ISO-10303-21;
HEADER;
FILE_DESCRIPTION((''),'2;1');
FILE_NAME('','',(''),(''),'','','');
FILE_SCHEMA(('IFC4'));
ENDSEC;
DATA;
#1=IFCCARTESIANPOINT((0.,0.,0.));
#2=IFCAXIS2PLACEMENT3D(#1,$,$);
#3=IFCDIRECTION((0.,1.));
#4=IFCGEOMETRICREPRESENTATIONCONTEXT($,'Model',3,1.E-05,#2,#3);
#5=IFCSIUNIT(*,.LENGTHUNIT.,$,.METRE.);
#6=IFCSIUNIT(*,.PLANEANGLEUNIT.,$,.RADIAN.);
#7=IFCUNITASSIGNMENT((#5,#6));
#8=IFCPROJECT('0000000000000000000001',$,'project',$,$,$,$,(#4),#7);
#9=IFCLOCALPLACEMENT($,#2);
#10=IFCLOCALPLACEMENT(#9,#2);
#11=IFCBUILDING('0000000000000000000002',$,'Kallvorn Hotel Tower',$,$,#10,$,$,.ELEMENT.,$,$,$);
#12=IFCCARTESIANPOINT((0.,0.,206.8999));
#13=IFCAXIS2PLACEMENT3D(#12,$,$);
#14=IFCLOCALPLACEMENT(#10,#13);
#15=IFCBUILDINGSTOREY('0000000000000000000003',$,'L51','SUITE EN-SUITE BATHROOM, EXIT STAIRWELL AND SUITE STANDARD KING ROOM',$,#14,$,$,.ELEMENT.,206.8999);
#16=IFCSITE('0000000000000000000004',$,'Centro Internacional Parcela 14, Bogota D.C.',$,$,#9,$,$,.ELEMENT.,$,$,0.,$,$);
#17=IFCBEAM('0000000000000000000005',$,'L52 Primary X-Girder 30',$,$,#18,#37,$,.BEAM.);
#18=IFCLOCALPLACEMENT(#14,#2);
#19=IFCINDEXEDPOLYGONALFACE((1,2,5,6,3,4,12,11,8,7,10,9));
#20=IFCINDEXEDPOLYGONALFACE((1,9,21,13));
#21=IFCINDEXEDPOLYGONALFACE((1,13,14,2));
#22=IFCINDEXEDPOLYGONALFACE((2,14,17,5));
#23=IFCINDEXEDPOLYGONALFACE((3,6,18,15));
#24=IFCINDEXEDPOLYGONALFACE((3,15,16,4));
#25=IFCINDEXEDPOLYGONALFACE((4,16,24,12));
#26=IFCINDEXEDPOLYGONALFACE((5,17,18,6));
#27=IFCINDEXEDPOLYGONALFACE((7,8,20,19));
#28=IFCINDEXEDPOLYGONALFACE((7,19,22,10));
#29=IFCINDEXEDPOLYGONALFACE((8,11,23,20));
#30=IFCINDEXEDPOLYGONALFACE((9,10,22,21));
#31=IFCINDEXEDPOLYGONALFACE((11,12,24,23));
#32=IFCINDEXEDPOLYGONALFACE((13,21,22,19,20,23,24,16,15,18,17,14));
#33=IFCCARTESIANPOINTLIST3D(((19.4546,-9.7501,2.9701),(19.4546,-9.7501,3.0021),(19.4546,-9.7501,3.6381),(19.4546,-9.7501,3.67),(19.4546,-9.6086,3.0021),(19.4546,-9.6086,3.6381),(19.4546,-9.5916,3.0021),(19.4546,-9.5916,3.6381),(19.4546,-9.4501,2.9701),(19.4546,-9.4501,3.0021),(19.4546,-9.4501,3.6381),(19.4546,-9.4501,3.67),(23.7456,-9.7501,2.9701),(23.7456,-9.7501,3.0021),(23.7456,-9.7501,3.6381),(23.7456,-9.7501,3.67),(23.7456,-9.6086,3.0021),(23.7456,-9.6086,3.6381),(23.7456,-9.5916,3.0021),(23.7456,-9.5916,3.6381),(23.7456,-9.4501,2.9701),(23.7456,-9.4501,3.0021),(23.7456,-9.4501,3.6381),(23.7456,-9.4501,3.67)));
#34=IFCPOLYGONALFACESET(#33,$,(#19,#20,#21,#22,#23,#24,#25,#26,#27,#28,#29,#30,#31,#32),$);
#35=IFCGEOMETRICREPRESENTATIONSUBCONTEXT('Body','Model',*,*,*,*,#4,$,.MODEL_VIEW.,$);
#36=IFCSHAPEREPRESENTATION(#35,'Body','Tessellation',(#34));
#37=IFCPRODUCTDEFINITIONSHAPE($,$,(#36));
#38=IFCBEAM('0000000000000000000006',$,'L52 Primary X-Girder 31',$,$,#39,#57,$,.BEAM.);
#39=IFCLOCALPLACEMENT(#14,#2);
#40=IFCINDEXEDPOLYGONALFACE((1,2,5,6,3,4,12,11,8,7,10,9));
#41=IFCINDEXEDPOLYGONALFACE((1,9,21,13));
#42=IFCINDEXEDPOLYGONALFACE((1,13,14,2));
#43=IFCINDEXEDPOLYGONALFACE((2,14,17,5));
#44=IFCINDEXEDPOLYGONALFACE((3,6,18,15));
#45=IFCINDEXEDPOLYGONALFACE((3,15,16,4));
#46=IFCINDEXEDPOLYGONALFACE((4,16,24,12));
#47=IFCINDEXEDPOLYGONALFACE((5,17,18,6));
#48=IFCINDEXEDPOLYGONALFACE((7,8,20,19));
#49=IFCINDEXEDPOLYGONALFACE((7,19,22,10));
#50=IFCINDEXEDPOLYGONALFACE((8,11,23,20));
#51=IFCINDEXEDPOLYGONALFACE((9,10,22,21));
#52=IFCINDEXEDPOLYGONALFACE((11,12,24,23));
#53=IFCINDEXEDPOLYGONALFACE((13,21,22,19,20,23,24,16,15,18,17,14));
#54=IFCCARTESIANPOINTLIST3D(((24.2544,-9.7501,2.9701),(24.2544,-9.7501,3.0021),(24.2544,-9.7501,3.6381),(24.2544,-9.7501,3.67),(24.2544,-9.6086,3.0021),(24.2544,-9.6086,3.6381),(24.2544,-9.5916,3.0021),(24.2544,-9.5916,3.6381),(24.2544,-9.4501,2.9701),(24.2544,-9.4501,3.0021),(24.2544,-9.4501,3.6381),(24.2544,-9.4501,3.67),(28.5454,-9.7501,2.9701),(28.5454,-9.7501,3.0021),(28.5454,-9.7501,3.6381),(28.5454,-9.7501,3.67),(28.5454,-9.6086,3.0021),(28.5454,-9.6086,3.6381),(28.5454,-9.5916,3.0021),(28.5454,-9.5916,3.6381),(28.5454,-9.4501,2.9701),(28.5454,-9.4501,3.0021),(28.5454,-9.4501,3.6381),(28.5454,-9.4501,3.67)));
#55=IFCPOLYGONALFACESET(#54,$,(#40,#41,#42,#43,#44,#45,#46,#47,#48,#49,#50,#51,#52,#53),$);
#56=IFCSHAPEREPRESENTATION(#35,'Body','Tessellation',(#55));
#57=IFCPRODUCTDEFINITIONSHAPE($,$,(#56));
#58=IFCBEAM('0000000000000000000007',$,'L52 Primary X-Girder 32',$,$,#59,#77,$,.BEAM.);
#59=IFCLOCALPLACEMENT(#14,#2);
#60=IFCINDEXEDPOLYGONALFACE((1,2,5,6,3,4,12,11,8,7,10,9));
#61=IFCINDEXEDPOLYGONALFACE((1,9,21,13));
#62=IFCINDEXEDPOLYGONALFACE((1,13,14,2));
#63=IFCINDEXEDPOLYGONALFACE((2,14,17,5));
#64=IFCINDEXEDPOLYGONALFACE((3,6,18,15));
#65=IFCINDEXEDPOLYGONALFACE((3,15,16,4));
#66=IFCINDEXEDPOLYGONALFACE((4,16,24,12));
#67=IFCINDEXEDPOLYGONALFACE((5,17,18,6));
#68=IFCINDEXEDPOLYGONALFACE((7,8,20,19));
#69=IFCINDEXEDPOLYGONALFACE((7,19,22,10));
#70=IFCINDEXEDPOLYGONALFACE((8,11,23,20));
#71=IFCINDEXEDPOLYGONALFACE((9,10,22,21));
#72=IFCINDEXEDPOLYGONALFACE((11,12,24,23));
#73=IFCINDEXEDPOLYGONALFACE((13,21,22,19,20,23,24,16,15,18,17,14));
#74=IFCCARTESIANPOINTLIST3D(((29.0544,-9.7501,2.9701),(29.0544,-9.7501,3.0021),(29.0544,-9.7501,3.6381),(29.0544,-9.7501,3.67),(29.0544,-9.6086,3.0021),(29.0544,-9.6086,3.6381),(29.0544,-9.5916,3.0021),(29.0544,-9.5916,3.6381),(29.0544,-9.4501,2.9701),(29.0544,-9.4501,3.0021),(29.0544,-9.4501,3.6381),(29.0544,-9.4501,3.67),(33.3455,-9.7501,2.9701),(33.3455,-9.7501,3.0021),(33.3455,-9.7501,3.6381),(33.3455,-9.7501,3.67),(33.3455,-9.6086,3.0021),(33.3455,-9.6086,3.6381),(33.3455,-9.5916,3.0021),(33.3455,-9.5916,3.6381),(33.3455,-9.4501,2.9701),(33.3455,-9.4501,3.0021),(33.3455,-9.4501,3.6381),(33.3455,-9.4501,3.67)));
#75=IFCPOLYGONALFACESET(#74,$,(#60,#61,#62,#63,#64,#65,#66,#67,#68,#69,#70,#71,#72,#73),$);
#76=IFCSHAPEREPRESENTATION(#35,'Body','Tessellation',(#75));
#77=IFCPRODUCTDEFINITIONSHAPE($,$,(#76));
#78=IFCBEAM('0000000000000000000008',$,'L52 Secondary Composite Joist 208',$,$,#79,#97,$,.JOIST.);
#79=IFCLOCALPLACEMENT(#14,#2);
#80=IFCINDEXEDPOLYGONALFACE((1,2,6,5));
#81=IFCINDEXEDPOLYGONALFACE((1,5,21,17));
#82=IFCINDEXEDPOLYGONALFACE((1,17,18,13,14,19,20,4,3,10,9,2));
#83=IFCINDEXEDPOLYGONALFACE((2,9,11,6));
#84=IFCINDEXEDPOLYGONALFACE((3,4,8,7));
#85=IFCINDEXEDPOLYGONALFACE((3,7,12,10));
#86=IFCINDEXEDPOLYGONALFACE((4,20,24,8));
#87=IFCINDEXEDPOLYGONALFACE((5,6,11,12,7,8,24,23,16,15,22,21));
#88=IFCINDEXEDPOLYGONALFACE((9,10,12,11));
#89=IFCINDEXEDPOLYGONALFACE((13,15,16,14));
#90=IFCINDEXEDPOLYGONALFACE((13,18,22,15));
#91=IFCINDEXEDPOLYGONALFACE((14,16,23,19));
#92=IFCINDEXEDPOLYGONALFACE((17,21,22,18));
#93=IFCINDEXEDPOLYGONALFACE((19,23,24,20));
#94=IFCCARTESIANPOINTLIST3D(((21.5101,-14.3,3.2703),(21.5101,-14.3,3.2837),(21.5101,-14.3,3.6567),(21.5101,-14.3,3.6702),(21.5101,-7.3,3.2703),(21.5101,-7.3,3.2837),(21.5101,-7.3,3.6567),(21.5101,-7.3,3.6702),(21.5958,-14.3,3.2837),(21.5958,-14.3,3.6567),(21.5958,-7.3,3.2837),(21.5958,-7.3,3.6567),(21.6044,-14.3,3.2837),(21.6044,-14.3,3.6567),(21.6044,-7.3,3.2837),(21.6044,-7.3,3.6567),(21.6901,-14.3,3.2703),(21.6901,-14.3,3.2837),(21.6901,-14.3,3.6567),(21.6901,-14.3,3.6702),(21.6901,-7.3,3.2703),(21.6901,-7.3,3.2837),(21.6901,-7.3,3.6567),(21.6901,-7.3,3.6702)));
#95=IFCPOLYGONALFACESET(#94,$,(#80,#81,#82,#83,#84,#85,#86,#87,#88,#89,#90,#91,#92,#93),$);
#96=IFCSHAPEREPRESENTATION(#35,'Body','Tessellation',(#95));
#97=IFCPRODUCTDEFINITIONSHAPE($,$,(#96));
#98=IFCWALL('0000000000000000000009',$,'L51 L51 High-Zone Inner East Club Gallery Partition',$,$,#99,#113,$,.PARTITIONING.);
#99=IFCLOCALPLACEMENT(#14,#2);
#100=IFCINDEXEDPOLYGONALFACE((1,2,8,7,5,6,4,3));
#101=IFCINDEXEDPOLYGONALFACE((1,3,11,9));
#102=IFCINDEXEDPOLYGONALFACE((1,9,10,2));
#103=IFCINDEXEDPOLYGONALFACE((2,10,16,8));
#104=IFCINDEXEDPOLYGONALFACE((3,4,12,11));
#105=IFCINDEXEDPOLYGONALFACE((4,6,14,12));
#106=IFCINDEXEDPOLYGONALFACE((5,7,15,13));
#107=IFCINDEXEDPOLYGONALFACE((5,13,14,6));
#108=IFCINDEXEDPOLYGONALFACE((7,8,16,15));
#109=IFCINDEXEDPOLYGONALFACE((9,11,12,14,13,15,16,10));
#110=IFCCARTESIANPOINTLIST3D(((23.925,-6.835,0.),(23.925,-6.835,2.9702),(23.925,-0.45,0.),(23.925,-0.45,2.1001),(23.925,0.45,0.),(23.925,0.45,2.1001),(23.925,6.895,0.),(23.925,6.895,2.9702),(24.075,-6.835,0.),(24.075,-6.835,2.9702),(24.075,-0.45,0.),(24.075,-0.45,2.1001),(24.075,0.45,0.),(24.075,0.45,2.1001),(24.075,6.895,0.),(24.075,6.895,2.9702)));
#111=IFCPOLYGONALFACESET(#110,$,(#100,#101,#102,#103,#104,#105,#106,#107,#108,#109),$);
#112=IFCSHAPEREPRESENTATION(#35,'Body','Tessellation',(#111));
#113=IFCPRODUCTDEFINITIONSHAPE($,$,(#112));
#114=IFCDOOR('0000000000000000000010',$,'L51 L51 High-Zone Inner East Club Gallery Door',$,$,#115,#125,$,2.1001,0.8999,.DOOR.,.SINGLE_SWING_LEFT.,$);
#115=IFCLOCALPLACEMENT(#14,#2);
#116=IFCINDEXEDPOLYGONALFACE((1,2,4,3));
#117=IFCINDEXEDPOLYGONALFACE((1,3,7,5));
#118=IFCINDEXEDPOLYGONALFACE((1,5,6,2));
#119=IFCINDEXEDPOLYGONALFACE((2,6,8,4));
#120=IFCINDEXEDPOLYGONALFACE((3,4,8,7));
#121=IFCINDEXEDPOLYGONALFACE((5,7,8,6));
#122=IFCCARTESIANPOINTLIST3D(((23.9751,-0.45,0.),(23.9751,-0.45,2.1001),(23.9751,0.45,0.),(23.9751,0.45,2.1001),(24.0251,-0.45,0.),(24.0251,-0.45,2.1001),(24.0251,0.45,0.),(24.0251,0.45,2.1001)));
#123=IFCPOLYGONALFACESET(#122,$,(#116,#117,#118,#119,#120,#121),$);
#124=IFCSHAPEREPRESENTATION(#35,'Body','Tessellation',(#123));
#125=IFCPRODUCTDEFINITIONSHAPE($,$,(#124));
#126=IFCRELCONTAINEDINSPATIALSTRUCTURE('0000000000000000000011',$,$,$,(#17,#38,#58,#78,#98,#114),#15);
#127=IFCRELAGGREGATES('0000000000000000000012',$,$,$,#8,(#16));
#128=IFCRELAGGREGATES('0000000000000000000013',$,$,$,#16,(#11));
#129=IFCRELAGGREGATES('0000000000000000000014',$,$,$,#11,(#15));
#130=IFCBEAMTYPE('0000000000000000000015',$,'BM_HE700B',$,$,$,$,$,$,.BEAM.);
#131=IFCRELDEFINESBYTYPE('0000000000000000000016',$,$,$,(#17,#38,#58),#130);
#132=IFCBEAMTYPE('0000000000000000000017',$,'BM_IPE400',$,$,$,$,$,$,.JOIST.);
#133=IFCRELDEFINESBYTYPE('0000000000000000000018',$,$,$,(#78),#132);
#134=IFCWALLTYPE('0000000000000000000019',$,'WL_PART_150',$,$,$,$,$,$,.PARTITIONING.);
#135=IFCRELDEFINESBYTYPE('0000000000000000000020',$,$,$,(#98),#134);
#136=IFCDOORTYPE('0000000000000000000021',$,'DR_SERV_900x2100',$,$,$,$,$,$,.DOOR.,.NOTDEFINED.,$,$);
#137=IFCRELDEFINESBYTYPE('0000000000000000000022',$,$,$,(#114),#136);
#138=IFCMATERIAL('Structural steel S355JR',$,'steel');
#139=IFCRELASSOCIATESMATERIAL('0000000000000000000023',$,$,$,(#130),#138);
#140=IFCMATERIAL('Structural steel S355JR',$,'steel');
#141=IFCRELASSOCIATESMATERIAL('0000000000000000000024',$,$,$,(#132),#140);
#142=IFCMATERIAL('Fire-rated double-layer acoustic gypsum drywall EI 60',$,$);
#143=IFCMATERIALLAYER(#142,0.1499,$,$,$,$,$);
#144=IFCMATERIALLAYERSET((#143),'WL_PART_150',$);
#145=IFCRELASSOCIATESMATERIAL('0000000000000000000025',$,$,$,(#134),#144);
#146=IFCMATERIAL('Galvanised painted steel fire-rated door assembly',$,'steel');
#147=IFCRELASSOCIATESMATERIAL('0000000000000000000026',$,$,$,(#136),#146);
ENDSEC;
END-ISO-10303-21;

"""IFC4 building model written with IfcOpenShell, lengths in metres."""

from ifc_helpers import new_model, si_unit, direction, frame, frame_2d, origin, origin_2d, place, context, subcontext, project, spatial, rectangle, i_section, extrude, material, layer, layer_set, material_profile, profile_set, type_object, element, fill, save


model = new_model("IFC4")

# Units and contexts
model_context = context("Model", 3, precision=1e-05, world=origin(), true_north=direction((0.0, 1.0)))
body_context = subcontext(model_context, "Body", "Model", "MODEL_VIEW")
ifc_project = project(units=[si_unit("LENGTHUNIT", "METRE"), si_unit("PLANEANGLEUNIT", "RADIAN")], contexts=[model_context])

# Site, building, storey
site_placement = place(None, origin())
site = spatial("IfcSite", under=ifc_project, at=site_placement, Name="Centro Internacional Parcela 14, Bogota D.C.", CompositionType="ELEMENT", RefElevation=0.0)
building_placement = place(site_placement, origin())
building = spatial("IfcBuilding", under=site, at=building_placement, Name="Kallvorn Hotel Tower", CompositionType="ELEMENT")
storey_placement = place(building_placement, frame((0.0, 0.0, 206.8999)))
storey = spatial("IfcBuildingStorey", under=building, at=storey_placement, Name="L51", Description="SUITE EN-SUITE BATHROOM, EXIT STAIRWELL AND SUITE STANDARD KING ROOM", CompositionType="ELEMENT", Elevation=206.8999)

# Beams
ifc_material_1 = material(Name="Structural steel S355JR", Category="steel")
ifc_material_profile_1 = material_profile(ifc_material_1, i_section(OverallWidth=0.3, OverallDepth=0.7, WebThickness=0.0171, FlangeThickness=0.032, at=origin_2d()), Name="HE 700 B")
ifc_profile_set_1 = profile_set([ifc_material_profile_1], Name="Structural steel S355JR")
beam_type_1 = type_object("IfcBeamType", Name="BM_HE700B", PredefinedType="BEAM", material=ifc_profile_set_1)
for number, where, z_axis, x_axis, name in (
    (1, (19.4546, -9.6001, 3.3201), (1.0, 0.0, 0.0), (0.0, 1.0, 0.0), "L52 Primary X-Girder 30"),
    (2, (24.2544, -9.6001, 3.3201), (1.0, 0.0, 0.0), (0.0, 1.0, 0.0), "L52 Primary X-Girder 31"),
    (3, (29.0544, -9.6001, 3.3201), (1.0, 0.0, 0.0), (0.0, 1.0, 0.0), "L52 Primary X-Girder 32"),
):
    element("IfcBeam", number, at=place(storey_placement, frame(where, z_axis=z_axis, x_axis=x_axis)), inside=storey, type_object=beam_type_1, Name=name, PredefinedType="BEAM", context=body_context, shape_type="SweptSolid", body=[
        extrude(i_section(OverallWidth=0.3, OverallDepth=0.7, WebThickness=0.0171, FlangeThickness=0.032, at=origin_2d()), origin(), (0.0, 0.0, 1.0), 4.291),
    ])
ifc_material_2 = material(Name="Structural steel S355JR", Category="steel")
ifc_material_profile_2 = material_profile(ifc_material_2, i_section(OverallWidth=0.1799, OverallDepth=0.3999, WebThickness=0.0085, FlangeThickness=0.0134, at=origin_2d()), Name="IPE 400")
ifc_profile_set_2 = profile_set([ifc_material_profile_2], Name="Structural steel S355JR")
beam_type_2 = type_object("IfcBeamType", Name="BM_IPE400", PredefinedType="JOIST", material=ifc_profile_set_2)
beam_1_placement = place(storey_placement, frame((21.6001, -14.3, 3.4702), z_axis=(0.0, 1.0, 0.0), x_axis=(-1.0, 0.0, 0.0)))
element("IfcBeam", 4, at=beam_1_placement, inside=storey, type_object=beam_type_2, Name="L52 Secondary Composite Joist 208", PredefinedType="JOIST", context=body_context, shape_type="SweptSolid", body=[
    extrude(i_section(OverallWidth=0.1799, OverallDepth=0.3999, WebThickness=0.0085, FlangeThickness=0.0134, at=origin_2d()), origin(), (0.0, 0.0, 1.0), 7.0),
])

# Wall, opening, door
ifc_material_3 = material(Name="Fire-rated double-layer acoustic gypsum drywall EI 60")
ifc_layer = layer(ifc_material_3, 0.1499)
ifc_layer_set = layer_set([ifc_layer], Name="WL_PART_150")
wall_type = type_object("IfcWallType", Name="WL_PART_150", PredefinedType="PARTITIONING", material=ifc_layer_set)
wall_placement = place(storey_placement, frame((24.0, -6.835, 0.0), z_axis=(0.0, 0.0, 1.0), x_axis=(0.0, 1.0, 0.0)))
wall = element("IfcWall", 5, at=wall_placement, inside=storey, type_object=wall_type, Name="L51 L51 High-Zone Inner East Club Gallery Partition", PredefinedType="PARTITIONING", context=body_context, shape_type="SweptSolid", body=[
    extrude(rectangle(XDim=13.73, YDim=0.1499, at=frame_2d((6.865, 0.0))), origin(), (0.0, 0.0, 1.0), 2.9702),
])
opening_placement = place(wall_placement, frame((6.385, 0.0, 0.0)))
opening = element("IfcOpeningElement", 6, at=opening_placement, cuts=wall, PredefinedType="OPENING", context=body_context, shape_type="SweptSolid", body=[
    extrude(rectangle(XDim=0.8999, YDim=2.1001, at=frame_2d((0.45, 1.05))), frame((0.0, 0.0898, 0.0), z_axis=(0.0, -1.0, 0.0), x_axis=(1.0, 0.0, 0.0)), (0.0, 0.0, 1.0), 0.1799),
])
ifc_material_4 = material(Name="Galvanised painted steel fire-rated door assembly", Category="steel")
door_type = type_object("IfcDoorType", Name="DR_SERV_900x2100", OperationType="NOTDEFINED", PredefinedType="DOOR", material=ifc_material_4)
door_placement = place(opening_placement, origin())
door = element("IfcDoor", 7, at=door_placement, inside=storey, type_object=door_type, Name="L51 L51 High-Zone Inner East Club Gallery Door", OperationType="SINGLE_SWING_LEFT", OverallHeight=2.1001, OverallWidth=0.8999, PredefinedType="DOOR", context=body_context, shape_type="SweptSolid", body=[
    extrude(rectangle(XDim=0.8999, YDim=2.1001, at=frame_2d((0.45, 1.05))), frame((0.0, 0.0249, 0.0), z_axis=(0.0, -1.0, 0.0), x_axis=(1.0, 0.0, 0.0)), (0.0, 0.0, 1.0), 0.05),
])
fill(opening, door)

save(model, "model.ifc")
